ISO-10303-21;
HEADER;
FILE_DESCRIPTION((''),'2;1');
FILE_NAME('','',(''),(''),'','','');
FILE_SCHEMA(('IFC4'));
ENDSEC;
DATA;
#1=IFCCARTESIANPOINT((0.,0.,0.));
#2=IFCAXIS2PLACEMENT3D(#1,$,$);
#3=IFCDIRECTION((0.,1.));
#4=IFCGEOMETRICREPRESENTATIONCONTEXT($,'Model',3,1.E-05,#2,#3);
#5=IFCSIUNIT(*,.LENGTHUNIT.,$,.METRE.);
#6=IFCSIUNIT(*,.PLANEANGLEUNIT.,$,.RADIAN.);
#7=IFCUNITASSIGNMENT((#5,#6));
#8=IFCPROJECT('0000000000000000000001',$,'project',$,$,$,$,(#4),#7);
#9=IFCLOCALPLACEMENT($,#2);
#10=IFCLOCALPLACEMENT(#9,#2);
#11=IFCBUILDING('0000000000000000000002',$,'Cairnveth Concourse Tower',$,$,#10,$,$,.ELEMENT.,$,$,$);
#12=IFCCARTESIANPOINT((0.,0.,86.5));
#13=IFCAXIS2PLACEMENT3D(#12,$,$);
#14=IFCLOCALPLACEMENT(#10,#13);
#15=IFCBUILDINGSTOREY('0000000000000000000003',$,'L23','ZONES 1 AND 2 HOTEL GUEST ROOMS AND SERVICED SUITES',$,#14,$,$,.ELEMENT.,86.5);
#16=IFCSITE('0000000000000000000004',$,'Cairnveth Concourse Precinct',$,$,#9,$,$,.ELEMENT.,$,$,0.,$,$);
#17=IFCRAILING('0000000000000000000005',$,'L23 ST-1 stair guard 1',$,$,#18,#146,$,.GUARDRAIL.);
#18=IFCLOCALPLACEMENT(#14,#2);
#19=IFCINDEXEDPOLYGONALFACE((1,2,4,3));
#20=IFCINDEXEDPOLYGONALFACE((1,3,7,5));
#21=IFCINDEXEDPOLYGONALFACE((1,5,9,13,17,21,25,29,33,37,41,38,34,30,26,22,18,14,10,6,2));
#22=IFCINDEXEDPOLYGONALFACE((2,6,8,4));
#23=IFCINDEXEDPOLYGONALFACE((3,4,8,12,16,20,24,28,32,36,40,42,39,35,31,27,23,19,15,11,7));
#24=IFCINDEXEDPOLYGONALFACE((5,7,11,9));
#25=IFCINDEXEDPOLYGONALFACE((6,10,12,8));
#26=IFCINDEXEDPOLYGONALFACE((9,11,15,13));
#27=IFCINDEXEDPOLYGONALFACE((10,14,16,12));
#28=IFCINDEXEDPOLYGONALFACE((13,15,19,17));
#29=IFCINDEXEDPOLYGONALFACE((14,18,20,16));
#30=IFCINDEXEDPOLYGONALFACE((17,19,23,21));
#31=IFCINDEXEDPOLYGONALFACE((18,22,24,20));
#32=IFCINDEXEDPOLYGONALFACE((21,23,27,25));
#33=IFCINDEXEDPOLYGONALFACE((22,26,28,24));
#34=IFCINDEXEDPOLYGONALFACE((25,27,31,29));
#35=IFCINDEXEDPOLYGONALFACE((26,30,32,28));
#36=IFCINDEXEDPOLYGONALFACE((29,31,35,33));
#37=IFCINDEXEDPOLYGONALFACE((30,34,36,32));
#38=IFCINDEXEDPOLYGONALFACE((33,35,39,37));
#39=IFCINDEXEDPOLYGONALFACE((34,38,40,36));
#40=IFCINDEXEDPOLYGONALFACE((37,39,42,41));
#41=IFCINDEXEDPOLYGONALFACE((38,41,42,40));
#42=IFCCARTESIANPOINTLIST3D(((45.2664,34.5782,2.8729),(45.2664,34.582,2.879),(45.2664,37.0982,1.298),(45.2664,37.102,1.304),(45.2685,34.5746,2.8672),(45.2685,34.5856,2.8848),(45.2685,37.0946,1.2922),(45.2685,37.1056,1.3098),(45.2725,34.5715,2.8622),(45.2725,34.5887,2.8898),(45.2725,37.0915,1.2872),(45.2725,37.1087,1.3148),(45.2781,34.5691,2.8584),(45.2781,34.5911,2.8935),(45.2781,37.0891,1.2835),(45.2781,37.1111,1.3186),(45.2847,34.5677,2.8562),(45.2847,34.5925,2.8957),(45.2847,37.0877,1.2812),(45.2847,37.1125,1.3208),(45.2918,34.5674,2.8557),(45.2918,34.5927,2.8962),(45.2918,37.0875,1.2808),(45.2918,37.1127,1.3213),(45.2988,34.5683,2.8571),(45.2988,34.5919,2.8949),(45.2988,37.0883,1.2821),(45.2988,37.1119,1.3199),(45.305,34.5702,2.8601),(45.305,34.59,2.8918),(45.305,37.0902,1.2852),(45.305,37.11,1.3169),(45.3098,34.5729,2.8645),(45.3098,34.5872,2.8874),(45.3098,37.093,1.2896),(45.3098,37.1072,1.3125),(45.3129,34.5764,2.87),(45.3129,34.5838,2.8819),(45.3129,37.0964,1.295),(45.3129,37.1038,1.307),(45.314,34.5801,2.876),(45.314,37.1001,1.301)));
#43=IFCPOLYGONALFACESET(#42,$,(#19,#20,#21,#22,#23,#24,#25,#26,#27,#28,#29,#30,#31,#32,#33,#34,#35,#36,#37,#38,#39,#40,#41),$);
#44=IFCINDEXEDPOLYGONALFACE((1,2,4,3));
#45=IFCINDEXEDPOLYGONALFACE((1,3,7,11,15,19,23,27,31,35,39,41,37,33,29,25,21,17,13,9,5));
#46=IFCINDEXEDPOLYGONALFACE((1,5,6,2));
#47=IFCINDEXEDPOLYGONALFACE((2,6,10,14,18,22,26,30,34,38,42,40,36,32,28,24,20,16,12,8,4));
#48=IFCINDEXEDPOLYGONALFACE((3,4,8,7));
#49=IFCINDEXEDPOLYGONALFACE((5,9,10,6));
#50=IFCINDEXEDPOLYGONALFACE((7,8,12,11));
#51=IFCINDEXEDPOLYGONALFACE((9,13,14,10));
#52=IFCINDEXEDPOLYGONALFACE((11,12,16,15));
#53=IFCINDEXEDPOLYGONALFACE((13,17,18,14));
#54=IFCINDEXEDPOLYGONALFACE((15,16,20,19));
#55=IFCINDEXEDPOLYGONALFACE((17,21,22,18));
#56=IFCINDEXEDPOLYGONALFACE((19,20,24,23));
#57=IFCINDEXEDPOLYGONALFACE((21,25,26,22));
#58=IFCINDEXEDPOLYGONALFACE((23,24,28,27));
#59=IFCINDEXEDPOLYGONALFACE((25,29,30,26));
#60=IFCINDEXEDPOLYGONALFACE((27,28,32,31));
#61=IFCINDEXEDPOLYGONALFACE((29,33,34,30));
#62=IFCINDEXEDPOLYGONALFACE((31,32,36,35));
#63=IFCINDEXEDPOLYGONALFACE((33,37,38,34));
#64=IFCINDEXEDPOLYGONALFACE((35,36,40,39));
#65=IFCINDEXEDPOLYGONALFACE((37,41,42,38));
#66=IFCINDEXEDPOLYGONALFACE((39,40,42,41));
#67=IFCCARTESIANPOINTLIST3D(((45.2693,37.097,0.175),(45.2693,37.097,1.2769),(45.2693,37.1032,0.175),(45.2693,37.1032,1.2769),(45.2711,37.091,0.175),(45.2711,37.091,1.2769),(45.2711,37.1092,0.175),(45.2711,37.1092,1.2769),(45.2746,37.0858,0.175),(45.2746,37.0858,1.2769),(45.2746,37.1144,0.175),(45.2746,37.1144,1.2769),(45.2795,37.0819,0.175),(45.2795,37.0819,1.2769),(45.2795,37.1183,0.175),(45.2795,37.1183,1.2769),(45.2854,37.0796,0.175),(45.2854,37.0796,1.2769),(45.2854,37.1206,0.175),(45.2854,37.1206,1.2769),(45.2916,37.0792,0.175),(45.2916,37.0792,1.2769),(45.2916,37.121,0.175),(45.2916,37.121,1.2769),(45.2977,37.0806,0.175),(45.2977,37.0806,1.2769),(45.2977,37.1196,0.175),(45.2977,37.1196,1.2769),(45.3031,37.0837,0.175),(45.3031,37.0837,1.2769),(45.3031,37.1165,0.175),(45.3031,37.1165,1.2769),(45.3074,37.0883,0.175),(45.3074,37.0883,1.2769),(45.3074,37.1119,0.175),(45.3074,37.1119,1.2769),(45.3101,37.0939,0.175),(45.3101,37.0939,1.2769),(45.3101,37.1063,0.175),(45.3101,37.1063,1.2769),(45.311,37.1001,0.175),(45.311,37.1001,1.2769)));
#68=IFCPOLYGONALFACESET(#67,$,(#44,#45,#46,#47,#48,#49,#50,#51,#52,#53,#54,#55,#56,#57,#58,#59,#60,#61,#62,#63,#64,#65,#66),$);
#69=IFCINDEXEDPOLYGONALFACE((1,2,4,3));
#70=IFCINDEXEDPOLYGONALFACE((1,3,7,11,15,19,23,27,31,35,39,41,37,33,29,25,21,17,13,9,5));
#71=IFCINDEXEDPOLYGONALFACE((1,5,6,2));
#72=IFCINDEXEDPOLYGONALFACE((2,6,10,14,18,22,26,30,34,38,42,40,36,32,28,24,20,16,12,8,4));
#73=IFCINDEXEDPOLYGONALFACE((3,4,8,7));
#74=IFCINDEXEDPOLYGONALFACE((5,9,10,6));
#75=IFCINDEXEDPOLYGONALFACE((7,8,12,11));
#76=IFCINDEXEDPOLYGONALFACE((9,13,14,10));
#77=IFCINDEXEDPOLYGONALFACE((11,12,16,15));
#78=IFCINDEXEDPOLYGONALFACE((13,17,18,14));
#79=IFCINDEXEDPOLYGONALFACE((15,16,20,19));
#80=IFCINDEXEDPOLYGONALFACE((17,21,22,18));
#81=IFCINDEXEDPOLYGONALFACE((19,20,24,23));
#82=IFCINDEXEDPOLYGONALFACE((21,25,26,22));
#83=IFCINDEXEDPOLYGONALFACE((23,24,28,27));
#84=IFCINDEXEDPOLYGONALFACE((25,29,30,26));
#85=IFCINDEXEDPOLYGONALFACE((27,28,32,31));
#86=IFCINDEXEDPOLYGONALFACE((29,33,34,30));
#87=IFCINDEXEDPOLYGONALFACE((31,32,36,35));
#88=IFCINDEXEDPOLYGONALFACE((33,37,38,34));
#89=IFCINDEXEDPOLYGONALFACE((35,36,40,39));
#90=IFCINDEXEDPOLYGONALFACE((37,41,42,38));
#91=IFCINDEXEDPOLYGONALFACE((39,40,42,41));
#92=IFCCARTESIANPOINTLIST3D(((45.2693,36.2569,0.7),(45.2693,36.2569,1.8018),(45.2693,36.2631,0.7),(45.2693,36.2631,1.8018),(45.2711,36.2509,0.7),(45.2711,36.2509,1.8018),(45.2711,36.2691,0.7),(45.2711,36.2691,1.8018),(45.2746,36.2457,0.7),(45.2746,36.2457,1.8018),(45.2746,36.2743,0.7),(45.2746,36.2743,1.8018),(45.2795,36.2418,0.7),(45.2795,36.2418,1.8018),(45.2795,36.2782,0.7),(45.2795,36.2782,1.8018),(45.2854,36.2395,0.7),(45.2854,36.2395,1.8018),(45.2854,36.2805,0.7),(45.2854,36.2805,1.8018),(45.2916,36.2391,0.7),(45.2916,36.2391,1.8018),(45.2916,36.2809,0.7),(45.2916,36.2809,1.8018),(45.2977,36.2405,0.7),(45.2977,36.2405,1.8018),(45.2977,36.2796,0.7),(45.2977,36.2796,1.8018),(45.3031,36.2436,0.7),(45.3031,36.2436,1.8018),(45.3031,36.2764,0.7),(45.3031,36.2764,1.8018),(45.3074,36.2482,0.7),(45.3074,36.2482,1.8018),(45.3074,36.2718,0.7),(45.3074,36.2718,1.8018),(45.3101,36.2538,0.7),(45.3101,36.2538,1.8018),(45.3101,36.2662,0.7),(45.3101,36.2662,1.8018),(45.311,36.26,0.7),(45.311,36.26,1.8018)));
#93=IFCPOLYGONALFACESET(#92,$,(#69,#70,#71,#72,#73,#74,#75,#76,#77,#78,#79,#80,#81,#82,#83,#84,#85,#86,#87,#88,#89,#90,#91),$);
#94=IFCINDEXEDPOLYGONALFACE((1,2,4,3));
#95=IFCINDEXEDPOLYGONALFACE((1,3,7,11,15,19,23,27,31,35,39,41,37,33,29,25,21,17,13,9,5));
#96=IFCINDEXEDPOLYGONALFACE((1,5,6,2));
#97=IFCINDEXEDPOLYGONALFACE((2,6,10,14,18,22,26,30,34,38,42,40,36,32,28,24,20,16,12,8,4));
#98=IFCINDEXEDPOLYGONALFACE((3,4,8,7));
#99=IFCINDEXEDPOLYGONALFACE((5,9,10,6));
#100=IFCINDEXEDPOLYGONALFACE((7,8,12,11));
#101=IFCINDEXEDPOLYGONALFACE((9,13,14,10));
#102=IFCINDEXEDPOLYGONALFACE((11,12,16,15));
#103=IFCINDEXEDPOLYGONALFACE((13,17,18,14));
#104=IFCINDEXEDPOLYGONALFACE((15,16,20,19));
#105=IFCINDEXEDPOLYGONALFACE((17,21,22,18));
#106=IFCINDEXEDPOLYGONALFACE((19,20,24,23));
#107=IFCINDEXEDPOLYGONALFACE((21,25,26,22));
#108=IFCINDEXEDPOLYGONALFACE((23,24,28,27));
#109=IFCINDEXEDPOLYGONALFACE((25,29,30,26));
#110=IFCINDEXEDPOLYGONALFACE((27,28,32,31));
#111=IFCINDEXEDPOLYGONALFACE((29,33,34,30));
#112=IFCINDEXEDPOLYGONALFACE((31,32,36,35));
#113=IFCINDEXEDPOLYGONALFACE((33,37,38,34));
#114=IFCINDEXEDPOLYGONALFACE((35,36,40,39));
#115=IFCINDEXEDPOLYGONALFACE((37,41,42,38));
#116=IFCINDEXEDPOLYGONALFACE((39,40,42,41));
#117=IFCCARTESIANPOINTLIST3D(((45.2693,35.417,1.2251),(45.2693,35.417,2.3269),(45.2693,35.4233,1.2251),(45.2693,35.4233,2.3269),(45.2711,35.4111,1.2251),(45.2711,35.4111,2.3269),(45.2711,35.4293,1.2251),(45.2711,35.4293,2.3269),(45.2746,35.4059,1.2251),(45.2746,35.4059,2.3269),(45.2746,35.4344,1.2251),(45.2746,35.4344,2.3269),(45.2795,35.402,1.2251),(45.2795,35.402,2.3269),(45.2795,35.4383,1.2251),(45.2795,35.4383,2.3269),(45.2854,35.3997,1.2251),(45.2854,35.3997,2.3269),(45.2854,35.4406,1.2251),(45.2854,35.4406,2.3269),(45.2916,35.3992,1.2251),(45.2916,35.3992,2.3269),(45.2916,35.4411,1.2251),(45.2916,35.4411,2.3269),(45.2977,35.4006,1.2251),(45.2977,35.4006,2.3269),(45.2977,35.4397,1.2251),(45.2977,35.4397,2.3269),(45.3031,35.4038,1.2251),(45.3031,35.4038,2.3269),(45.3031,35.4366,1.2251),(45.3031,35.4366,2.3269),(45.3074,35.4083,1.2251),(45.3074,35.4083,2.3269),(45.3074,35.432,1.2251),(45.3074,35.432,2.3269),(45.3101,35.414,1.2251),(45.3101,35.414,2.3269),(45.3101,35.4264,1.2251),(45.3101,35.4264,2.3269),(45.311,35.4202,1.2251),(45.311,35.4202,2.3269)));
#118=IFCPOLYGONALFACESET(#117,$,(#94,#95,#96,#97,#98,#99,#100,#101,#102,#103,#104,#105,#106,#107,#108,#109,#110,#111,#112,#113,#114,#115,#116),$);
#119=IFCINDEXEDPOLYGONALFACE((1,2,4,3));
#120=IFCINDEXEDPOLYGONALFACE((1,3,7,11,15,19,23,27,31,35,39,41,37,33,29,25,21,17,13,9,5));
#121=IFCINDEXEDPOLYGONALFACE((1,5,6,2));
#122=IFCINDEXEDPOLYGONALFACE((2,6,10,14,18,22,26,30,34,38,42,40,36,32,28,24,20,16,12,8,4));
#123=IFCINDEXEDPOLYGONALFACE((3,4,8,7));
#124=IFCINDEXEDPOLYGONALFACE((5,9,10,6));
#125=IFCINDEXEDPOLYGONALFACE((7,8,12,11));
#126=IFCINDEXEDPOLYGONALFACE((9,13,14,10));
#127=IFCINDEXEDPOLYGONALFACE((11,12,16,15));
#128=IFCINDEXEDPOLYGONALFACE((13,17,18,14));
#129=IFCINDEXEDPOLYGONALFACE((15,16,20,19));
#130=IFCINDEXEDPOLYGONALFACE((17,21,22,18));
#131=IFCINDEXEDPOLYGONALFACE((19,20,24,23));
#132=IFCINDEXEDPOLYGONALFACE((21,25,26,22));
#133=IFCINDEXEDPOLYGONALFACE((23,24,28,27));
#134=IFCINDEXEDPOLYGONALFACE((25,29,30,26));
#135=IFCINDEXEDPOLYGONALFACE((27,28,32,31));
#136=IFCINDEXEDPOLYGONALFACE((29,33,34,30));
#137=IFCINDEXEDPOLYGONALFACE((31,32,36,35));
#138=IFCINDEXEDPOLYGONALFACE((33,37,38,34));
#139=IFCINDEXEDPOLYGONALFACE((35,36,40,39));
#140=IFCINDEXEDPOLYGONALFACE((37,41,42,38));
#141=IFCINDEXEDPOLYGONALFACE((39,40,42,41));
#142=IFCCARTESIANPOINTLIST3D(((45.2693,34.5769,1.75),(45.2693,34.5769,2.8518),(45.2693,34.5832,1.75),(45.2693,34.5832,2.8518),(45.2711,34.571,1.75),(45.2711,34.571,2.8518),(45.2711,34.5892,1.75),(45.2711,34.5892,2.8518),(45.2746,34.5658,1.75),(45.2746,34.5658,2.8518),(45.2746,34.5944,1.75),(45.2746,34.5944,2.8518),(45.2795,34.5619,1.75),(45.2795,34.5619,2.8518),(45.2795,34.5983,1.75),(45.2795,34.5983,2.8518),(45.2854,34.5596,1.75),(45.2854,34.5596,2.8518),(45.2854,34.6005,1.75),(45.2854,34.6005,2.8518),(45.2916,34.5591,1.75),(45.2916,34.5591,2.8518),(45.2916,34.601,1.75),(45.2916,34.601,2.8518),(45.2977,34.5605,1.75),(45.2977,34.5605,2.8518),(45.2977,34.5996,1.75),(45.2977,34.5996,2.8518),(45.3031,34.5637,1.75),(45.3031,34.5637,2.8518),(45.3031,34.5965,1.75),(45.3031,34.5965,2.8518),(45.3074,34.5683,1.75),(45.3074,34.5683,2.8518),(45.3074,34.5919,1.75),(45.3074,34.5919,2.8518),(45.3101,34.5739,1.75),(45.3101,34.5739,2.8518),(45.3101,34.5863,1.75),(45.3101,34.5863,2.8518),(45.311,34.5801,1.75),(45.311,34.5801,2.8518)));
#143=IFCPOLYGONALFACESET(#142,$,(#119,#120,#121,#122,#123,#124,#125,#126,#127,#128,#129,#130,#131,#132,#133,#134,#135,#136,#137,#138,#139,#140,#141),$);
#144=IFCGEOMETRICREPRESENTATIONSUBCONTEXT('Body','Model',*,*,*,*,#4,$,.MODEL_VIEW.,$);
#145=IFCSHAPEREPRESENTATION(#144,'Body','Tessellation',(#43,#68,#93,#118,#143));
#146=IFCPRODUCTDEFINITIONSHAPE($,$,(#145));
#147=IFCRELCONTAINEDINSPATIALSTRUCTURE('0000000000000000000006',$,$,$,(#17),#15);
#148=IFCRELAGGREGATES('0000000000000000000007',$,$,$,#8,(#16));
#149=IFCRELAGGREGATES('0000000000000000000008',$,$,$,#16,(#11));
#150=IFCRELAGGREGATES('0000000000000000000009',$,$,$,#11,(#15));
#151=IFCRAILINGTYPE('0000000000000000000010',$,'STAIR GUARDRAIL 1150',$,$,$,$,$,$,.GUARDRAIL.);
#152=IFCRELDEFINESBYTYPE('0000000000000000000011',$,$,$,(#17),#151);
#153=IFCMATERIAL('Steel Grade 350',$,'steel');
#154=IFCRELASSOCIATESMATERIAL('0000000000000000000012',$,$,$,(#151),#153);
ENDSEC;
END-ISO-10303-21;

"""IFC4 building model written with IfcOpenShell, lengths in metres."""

from ifc_helpers import new_model, si_unit, direction, frame, origin, origin_2d, place, context, subcontext, project, spatial, circle, extrude, material, type_object, element, save


model = new_model("IFC4")

# Units and contexts
model_context = context("Model", 3, precision=1e-05, world=origin(), true_north=direction((0.0, 1.0)))
body_context = subcontext(model_context, "Body", "Model", "MODEL_VIEW")
ifc_project = project(units=[si_unit("LENGTHUNIT", "METRE"), si_unit("PLANEANGLEUNIT", "RADIAN")], contexts=[model_context])

# Site, building, storey
site_placement = place(None, origin())
site = spatial("IfcSite", under=ifc_project, at=site_placement, Name="Cairnveth Concourse Precinct", CompositionType="ELEMENT", RefElevation=0.0)
building_placement = place(site_placement, origin())
building = spatial("IfcBuilding", under=site, at=building_placement, Name="Cairnveth Concourse Tower", CompositionType="ELEMENT")
storey_placement = place(building_placement, frame((0.0, 0.0, 86.5)))
storey = spatial("IfcBuildingStorey", under=building, at=storey_placement, Name="L23", Description="ZONES 1 AND 2 HOTEL GUEST ROOMS AND SERVICED SUITES", CompositionType="ELEMENT", Elevation=86.5)

# Railing
ifc_material_1 = material(Name="Steel Grade 350", Category="steel")
railing_type_1 = type_object("IfcRailingType", Name="STAIR GUARDRAIL 1150", PredefinedType="GUARDRAIL", material=ifc_material_1)
railing_1_placement = place(storey_placement, frame((45.29, 37.1001, 0.175)))
element("IfcRailing", 1, at=railing_1_placement, inside=storey, type_object=railing_type_1, Name="L23 ST-1 stair guard 1", PredefinedType="GUARDRAIL", context=body_context, shape_type="SweptSolid", body=[
    extrude(circle(Radius=0.0239, at=origin_2d()), frame((0.0, 0.0, 1.126), z_axis=(0.0, -0.848008, 0.529984), x_axis=(1.0, 0.0, 0.0)), (0.0, 0.0, 1.0), 2.9717),
    extrude(circle(Radius=0.021, at=origin_2d()), origin(), (0.0, 0.0, 1.0), 1.1018),
    extrude(circle(Radius=0.021, at=origin_2d()), frame((0.0, -0.8401, 0.5249)), (0.0, 0.0, 1.0), 1.1018),
    extrude(circle(Radius=0.021, at=origin_2d()), frame((0.0, -1.6799, 1.05)), (0.0, 0.0, 1.0), 1.1018),
    extrude(circle(Radius=0.021, at=origin_2d()), frame((0.0, -2.52, 1.575)), (0.0, 0.0, 1.0), 1.1018),
])

save(model, "model.ifc")
